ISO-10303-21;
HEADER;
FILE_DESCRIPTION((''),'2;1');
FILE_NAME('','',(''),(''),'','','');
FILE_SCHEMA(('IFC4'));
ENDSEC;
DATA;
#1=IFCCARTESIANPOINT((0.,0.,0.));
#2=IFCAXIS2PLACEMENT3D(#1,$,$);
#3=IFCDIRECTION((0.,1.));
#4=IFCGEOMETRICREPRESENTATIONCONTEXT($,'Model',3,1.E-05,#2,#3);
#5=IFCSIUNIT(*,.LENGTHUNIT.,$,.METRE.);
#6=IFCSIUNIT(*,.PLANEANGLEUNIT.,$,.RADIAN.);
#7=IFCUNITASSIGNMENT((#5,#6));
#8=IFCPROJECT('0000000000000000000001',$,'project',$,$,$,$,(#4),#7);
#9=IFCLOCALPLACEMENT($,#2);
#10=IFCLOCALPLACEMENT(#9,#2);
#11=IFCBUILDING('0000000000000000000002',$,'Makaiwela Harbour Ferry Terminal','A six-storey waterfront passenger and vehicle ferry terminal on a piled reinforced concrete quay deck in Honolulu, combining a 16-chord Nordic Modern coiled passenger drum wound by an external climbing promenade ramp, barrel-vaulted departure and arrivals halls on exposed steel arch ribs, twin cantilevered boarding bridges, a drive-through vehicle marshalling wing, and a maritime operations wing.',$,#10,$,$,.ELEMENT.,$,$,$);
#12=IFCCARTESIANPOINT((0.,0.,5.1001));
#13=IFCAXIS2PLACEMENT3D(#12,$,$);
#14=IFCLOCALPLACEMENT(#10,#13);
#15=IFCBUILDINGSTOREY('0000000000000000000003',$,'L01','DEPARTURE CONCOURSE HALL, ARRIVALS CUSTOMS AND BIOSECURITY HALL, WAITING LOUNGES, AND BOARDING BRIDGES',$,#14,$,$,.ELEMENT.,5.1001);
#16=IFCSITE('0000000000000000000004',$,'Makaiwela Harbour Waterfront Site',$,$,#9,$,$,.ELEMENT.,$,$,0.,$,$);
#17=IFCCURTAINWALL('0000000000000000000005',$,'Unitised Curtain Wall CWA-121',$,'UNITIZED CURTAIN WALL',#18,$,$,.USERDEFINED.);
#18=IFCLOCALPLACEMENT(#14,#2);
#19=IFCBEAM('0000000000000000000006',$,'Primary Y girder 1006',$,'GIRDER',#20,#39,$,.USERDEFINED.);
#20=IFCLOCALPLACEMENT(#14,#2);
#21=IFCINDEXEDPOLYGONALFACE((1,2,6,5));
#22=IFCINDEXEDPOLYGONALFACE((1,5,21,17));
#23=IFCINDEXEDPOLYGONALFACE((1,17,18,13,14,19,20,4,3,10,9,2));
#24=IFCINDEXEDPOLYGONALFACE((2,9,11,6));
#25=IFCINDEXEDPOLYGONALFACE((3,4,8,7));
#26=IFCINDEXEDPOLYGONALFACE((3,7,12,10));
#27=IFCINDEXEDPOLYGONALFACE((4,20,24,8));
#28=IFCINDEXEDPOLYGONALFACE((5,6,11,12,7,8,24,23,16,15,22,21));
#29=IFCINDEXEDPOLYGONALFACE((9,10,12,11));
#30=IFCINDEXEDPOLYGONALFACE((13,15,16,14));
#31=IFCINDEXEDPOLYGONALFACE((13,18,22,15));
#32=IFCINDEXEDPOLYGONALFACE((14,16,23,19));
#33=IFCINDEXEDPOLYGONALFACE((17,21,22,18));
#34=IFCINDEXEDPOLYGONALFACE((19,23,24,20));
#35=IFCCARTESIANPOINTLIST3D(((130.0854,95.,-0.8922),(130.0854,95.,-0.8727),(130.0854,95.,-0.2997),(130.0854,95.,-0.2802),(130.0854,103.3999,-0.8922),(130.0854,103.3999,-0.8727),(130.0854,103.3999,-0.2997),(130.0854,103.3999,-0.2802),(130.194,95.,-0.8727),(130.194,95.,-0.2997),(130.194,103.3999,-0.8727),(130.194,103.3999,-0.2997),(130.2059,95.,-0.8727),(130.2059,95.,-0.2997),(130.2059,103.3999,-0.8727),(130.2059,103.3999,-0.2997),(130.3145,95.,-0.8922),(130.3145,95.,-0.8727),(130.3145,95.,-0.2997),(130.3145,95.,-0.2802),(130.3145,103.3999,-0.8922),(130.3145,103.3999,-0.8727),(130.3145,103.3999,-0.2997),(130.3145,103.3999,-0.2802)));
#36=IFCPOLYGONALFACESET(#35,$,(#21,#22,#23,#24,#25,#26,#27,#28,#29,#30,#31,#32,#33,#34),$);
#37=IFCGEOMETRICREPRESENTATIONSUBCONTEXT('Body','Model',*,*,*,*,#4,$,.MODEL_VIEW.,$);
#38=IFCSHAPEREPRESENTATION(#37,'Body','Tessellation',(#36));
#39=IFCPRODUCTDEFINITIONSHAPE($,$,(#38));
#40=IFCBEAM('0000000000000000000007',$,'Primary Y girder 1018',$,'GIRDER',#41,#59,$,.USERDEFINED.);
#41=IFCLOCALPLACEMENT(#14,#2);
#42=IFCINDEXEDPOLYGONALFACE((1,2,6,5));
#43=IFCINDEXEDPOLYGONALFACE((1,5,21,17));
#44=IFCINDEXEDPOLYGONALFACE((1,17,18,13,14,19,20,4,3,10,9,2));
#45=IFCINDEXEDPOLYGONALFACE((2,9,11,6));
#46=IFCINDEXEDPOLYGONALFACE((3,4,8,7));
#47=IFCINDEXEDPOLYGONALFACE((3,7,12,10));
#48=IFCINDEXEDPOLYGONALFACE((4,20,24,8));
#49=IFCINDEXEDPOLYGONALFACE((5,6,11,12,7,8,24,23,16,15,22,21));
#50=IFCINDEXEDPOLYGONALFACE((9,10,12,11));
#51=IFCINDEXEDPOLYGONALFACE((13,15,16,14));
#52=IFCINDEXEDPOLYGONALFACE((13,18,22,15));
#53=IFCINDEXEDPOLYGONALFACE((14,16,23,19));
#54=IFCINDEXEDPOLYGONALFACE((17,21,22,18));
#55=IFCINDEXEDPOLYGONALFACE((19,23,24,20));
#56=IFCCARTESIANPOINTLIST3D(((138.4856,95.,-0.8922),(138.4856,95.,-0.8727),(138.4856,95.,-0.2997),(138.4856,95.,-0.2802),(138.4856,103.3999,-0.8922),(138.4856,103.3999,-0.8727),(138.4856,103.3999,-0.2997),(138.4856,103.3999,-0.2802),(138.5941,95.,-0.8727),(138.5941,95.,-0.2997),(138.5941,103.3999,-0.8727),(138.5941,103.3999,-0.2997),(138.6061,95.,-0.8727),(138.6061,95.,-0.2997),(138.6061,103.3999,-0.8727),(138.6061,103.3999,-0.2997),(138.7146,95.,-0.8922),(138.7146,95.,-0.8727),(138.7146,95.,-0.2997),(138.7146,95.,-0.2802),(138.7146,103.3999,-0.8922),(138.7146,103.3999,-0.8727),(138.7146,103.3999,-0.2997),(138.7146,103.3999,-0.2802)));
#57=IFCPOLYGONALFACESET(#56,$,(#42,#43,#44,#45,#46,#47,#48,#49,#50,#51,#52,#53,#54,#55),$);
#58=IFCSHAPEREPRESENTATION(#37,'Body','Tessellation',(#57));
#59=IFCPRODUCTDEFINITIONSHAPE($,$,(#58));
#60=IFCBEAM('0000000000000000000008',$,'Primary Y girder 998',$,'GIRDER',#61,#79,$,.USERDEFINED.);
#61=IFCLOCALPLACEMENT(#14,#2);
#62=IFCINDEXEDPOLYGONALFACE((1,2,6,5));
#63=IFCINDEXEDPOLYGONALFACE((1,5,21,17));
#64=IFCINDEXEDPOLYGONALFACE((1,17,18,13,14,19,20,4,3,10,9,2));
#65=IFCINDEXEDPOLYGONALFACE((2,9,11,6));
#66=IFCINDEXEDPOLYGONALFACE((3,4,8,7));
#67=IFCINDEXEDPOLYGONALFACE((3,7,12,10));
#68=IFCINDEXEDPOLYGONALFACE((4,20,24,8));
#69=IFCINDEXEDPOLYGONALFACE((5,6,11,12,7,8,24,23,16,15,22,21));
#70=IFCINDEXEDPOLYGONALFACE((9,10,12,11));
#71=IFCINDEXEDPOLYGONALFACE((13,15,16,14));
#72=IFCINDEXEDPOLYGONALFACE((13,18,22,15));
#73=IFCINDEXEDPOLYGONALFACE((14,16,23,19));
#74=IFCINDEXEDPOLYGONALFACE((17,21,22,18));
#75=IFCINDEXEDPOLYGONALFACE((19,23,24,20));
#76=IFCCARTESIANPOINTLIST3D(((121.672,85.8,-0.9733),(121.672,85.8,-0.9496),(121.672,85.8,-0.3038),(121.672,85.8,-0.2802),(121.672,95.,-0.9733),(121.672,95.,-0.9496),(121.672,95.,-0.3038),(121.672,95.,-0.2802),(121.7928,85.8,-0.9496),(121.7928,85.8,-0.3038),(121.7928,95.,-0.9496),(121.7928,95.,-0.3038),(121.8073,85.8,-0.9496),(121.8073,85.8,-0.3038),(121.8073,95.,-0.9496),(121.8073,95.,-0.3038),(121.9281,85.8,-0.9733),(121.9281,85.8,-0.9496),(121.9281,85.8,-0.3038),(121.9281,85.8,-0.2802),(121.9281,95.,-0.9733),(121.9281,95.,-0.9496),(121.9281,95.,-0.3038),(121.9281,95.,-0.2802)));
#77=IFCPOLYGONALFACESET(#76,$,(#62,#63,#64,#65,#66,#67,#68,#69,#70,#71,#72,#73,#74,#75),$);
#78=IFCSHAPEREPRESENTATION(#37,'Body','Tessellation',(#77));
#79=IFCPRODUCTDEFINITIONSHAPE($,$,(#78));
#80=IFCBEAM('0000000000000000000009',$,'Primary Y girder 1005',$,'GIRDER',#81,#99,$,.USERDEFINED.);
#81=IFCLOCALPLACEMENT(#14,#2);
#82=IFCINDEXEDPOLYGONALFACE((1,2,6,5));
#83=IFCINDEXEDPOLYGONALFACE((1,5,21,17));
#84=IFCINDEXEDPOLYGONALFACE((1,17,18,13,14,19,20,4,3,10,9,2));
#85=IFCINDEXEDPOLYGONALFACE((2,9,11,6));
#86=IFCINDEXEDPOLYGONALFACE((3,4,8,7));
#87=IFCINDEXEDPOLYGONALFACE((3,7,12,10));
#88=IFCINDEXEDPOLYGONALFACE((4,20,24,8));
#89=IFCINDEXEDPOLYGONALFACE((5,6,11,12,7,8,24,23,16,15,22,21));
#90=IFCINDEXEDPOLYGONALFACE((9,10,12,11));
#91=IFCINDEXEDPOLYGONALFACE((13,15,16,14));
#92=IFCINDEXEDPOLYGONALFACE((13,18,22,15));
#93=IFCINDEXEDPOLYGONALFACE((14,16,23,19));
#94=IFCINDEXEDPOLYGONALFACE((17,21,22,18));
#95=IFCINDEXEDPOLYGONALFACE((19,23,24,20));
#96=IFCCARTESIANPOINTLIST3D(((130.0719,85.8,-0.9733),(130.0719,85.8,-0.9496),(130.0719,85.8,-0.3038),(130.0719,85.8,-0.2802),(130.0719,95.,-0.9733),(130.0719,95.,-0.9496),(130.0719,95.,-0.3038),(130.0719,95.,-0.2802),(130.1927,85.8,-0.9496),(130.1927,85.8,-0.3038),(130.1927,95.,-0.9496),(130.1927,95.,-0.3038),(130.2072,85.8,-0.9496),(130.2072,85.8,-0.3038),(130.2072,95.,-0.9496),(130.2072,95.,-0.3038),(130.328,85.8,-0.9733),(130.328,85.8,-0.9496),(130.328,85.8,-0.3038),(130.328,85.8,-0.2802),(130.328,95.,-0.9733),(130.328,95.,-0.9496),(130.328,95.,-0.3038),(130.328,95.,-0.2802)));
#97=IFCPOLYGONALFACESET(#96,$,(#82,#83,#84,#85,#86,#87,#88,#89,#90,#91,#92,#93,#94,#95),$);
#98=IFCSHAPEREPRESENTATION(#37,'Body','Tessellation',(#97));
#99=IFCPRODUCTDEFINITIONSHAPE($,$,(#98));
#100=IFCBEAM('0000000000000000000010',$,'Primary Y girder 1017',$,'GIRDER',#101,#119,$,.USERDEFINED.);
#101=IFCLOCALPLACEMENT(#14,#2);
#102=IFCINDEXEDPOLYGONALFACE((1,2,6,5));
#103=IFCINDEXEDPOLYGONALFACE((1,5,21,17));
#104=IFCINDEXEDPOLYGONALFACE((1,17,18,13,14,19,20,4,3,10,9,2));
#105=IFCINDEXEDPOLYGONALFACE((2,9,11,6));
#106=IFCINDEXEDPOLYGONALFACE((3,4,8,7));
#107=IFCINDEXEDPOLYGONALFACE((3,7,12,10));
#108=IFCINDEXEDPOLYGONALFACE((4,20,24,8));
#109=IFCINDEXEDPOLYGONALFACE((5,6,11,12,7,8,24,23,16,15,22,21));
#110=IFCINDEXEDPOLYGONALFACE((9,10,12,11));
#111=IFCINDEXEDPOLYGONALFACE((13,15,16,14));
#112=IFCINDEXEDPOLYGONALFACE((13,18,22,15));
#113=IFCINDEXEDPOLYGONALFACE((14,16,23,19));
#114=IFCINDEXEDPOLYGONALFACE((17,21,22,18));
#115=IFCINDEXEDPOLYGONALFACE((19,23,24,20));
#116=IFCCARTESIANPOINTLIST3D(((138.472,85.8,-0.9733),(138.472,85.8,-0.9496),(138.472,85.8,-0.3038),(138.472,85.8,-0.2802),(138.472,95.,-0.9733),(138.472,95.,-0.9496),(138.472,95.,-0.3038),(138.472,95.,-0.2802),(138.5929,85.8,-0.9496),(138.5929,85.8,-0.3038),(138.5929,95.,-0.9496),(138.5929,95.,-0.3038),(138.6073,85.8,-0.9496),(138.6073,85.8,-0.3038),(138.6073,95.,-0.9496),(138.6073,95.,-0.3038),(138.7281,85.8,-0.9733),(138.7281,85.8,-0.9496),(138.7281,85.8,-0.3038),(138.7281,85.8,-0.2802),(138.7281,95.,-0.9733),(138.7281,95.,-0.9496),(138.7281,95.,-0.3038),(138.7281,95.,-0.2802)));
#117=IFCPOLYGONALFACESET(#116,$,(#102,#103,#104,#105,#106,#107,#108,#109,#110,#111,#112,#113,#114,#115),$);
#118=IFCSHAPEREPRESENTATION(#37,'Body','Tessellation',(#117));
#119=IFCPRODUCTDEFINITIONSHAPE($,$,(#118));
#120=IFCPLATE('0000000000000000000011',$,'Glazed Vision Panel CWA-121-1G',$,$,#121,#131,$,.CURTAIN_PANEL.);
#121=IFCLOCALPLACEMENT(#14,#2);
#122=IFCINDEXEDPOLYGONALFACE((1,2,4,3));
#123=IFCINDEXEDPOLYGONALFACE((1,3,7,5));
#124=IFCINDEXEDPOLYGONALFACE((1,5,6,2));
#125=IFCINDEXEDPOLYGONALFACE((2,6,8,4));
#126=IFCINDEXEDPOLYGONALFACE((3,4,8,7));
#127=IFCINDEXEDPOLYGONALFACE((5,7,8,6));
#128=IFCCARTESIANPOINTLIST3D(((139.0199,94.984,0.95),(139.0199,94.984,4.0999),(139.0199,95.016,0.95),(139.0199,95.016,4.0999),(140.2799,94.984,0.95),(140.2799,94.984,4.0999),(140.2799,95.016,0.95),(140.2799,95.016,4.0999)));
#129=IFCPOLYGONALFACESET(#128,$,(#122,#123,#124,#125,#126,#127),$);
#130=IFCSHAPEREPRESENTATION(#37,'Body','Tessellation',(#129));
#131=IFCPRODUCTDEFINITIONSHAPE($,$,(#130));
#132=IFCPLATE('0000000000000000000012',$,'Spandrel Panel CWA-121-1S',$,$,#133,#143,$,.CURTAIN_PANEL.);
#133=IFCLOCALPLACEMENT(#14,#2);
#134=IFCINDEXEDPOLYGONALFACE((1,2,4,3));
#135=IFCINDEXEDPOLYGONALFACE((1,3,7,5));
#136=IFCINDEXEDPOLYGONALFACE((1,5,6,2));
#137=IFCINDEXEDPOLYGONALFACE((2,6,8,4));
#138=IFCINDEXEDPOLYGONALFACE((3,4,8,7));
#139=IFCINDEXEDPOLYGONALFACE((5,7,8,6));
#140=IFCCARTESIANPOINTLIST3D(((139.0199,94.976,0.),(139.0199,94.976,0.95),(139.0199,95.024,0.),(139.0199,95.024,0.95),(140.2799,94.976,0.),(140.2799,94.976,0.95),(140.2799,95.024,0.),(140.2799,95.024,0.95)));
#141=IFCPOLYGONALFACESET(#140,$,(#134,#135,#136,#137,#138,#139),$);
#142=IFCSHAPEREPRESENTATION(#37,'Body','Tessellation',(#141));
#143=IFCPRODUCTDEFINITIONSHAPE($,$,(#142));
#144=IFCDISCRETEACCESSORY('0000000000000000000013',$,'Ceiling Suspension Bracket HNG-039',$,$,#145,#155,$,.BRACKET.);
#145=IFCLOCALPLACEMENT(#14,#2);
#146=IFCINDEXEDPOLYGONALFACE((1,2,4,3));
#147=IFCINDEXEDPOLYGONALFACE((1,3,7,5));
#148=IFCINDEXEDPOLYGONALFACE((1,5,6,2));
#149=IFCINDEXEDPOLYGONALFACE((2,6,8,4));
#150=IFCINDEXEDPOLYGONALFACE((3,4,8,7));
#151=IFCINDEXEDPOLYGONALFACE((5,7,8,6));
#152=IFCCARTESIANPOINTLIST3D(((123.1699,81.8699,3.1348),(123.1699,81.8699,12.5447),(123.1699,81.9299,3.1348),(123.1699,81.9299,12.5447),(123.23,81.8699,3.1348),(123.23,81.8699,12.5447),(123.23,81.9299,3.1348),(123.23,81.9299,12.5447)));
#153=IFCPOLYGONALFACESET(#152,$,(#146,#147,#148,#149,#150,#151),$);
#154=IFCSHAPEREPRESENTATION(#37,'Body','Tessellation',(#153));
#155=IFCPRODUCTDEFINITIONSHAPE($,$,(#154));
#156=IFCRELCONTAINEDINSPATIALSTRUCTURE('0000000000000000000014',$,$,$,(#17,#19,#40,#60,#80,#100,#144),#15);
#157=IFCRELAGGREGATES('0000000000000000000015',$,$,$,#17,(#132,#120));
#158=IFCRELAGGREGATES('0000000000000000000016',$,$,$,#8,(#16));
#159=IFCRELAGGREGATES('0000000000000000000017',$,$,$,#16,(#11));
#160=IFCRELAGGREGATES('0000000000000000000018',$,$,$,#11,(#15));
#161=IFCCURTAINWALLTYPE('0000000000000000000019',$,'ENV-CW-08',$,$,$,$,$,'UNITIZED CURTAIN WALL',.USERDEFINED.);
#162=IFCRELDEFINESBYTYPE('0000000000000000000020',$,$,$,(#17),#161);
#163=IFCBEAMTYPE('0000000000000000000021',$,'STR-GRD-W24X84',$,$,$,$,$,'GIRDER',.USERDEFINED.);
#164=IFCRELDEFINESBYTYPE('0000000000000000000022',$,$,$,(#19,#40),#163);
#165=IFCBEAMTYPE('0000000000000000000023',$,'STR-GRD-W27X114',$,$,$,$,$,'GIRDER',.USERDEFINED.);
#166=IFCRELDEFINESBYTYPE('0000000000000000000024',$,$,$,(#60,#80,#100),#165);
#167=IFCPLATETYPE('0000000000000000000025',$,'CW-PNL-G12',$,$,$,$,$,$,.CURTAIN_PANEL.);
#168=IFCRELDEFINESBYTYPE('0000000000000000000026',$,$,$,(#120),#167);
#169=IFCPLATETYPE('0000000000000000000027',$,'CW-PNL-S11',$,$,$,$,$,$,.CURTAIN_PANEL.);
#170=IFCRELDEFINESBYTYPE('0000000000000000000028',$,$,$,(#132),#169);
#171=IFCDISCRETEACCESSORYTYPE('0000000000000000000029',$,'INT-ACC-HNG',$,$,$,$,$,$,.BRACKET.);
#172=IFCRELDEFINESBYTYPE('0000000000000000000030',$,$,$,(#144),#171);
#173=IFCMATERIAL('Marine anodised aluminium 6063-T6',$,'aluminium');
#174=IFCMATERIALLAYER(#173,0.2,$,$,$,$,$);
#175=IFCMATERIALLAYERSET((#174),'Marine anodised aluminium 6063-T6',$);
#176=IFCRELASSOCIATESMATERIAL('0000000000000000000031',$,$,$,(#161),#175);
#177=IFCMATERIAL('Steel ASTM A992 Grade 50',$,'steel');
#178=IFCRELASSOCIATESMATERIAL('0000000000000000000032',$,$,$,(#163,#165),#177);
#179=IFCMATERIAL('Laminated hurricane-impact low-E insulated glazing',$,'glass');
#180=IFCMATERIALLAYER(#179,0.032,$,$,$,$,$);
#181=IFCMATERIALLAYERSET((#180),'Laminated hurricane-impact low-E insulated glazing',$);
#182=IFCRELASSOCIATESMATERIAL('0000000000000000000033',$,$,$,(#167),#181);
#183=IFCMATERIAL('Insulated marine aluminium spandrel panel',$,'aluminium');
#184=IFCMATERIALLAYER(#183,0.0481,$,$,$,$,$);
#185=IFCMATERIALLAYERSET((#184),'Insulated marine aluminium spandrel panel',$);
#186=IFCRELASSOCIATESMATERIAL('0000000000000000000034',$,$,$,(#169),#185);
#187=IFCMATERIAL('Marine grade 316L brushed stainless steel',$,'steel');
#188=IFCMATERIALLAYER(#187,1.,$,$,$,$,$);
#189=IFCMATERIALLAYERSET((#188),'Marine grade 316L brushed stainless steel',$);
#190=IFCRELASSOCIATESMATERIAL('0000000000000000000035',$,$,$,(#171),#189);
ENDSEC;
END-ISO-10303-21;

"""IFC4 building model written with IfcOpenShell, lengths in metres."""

from ifc_helpers import new_model, si_unit, direction, frame, origin, origin_2d, place, context, subcontext, project, spatial, rectangle, i_section, extrude, material, layer, layer_set, material_profile, profile_set, type_object, element, aggregate, save


model = new_model("IFC4")

# Units and contexts
model_context = context("Model", 3, precision=1e-05, world=origin(), true_north=direction((0.0, 1.0)))
body_context = subcontext(model_context, "Body", "Model", "MODEL_VIEW")
ifc_project = project(units=[si_unit("LENGTHUNIT", "METRE"), si_unit("PLANEANGLEUNIT", "RADIAN")], contexts=[model_context])

# Site, building, storey
site_placement = place(None, origin())
site = spatial("IfcSite", under=ifc_project, at=site_placement, Name="Makaiwela Harbour Waterfront Site", CompositionType="ELEMENT", RefElevation=0.0)
building_placement = place(site_placement, origin())
building = spatial("IfcBuilding", under=site, at=building_placement, Name="Makaiwela Harbour Ferry Terminal", Description="A six-storey waterfront passenger and vehicle ferry terminal on a piled reinforced concrete quay deck in Honolulu, combining a 16-chord Nordic Modern coiled passenger drum wound by an external climbing promenade ramp, barrel-vaulted departure and arrivals halls on exposed steel arch ribs, twin cantilevered boarding bridges, a drive-through vehicle marshalling wing, and a maritime operations wing.", CompositionType="ELEMENT")
storey_placement = place(building_placement, frame((0.0, 0.0, 5.1001)))
storey = spatial("IfcBuildingStorey", under=building, at=storey_placement, Name="L01", Description="DEPARTURE CONCOURSE HALL, ARRIVALS CUSTOMS AND BIOSECURITY HALL, WAITING LOUNGES, AND BOARDING BRIDGES", CompositionType="ELEMENT", Elevation=5.1001)

# Shared definitions
ifc_material_1 = material(Name="Steel ASTM A992 Grade 50", Category="steel")

# Curtain wall
ifc_material_2 = material(Name="Marine anodised aluminium 6063-T6", Category="aluminium")
ifc_layer_1 = layer(ifc_material_2, 0.2)
ifc_layer_set_1 = layer_set([ifc_layer_1], Name="Marine anodised aluminium 6063-T6")
curtain_wall_type = type_object("IfcCurtainWallType", Name="ENV-CW-08", ElementType="UNITIZED CURTAIN WALL", PredefinedType="USERDEFINED", material=ifc_layer_set_1)
curtain_wall_placement = place(storey_placement, origin())
curtain_wall = element("IfcCurtainWall", 1, at=curtain_wall_placement, inside=storey, type_object=curtain_wall_type, Name="Unitised Curtain Wall CWA-121", ObjectType="UNITIZED CURTAIN WALL", PredefinedType="USERDEFINED")

# Beams
ifc_material_profile_1 = material_profile(ifc_material_1, i_section(OverallWidth=0.229, OverallDepth=0.6121, WebThickness=0.012, FlangeThickness=0.0195, at=origin_2d()), Name="W24X84")
ifc_profile_set_1 = profile_set([ifc_material_profile_1], Name="Steel ASTM A992 Grade 50")
beam_type_1 = type_object("IfcBeamType", Name="STR-GRD-W24X84", ElementType="GIRDER", PredefinedType="USERDEFINED", material=ifc_profile_set_1)
for number, where, z_axis, x_axis, name in (
    (2, (130.2, 95.0, -0.5862), (0.0, 1.0, 0.0), (-1.0, 0.0, 0.0), "Primary Y girder 1006"),
    (3, (138.6001, 95.0, -0.5862), (0.0, 1.0, 0.0), (-1.0, 0.0, 0.0), "Primary Y girder 1018"),
):
    element("IfcBeam", number, at=place(storey_placement, frame(where, z_axis=z_axis, x_axis=x_axis)), inside=storey, type_object=beam_type_1, Name=name, ObjectType="GIRDER", PredefinedType="USERDEFINED", context=body_context, shape_type="SweptSolid", body=[
        extrude(i_section(OverallWidth=0.229, OverallDepth=0.6121, WebThickness=0.012, FlangeThickness=0.0195, at=origin_2d()), origin(), (0.0, 0.0, 1.0), 8.3999),
    ])
ifc_material_profile_2 = material_profile(ifc_material_1, i_section(OverallWidth=0.2561, OverallDepth=0.6931, WebThickness=0.0144, FlangeThickness=0.0237, at=origin_2d()), Name="W27X114")
ifc_profile_set_2 = profile_set([ifc_material_profile_2], Name="Steel ASTM A992 Grade 50")
beam_type_2 = type_object("IfcBeamType", Name="STR-GRD-W27X114", ElementType="GIRDER", PredefinedType="USERDEFINED", material=ifc_profile_set_2)
for number, where, z_axis, x_axis, name in (
    (4, (121.8, 85.8, -0.6267), (0.0, 1.0, 0.0), (-1.0, 0.0, 0.0), "Primary Y girder 998"),
    (5, (130.2, 85.8, -0.6267), (0.0, 1.0, 0.0), (-1.0, 0.0, 0.0), "Primary Y girder 1005"),
    (6, (138.6001, 85.8, -0.6267), (0.0, 1.0, 0.0), (-1.0, 0.0, 0.0), "Primary Y girder 1017"),
):
    element("IfcBeam", number, at=place(storey_placement, frame(where, z_axis=z_axis, x_axis=x_axis)), inside=storey, type_object=beam_type_2, Name=name, ObjectType="GIRDER", PredefinedType="USERDEFINED", context=body_context, shape_type="SweptSolid", body=[
        extrude(i_section(OverallWidth=0.2561, OverallDepth=0.6931, WebThickness=0.0144, FlangeThickness=0.0237, at=origin_2d()), origin(), (0.0, 0.0, 1.0), 9.2),
    ])

# Plates
ifc_material_3 = material(Name="Laminated hurricane-impact low-E insulated glazing", Category="glass")
ifc_layer_2 = layer(ifc_material_3, 0.032)
ifc_layer_set_2 = layer_set([ifc_layer_2], Name="Laminated hurricane-impact low-E insulated glazing")
plate_type_1 = type_object("IfcPlateType", Name="CW-PNL-G12", PredefinedType="CURTAIN_PANEL", material=ifc_layer_set_2)
plate_1_placement = place(storey_placement, frame((139.6499, 95.0, 0.95), z_axis=(0.0, 0.0, 1.0), x_axis=(1.0, 0.0, 0.0)))
plate_1 = element("IfcPlate", 7, at=plate_1_placement, type_object=plate_type_1, Name="Glazed Vision Panel CWA-121-1G", PredefinedType="CURTAIN_PANEL", context=body_context, shape_type="SweptSolid", body=[
    extrude(rectangle(XDim=1.26, YDim=0.032, at=origin_2d()), origin(), (0.0, 0.0, 1.0), 3.1499),
])
ifc_material_4 = material(Name="Insulated marine aluminium spandrel panel", Category="aluminium")
ifc_layer_3 = layer(ifc_material_4, 0.0481)
ifc_layer_set_3 = layer_set([ifc_layer_3], Name="Insulated marine aluminium spandrel panel")
plate_type_2 = type_object("IfcPlateType", Name="CW-PNL-S11", PredefinedType="CURTAIN_PANEL", material=ifc_layer_set_3)
plate_2_placement = place(storey_placement, frame((139.6499, 95.0, 0.0), z_axis=(0.0, 0.0, 1.0), x_axis=(1.0, 0.0, 0.0)))
plate_2 = element("IfcPlate", 8, at=plate_2_placement, type_object=plate_type_2, Name="Spandrel Panel CWA-121-1S", PredefinedType="CURTAIN_PANEL", context=body_context, shape_type="SweptSolid", body=[
    extrude(rectangle(XDim=1.26, YDim=0.0481, at=origin_2d()), origin(), (0.0, 0.0, 1.0), 0.95),
])
aggregate(curtain_wall, [plate_2, plate_1])

# Discrete accessory
ifc_material_5 = material(Name="Marine grade 316L brushed stainless steel", Category="steel")
ifc_layer_4 = layer(ifc_material_5, 1.0)
ifc_layer_set_4 = layer_set([ifc_layer_4], Name="Marine grade 316L brushed stainless steel")
discrete_accessory_type = type_object("IfcDiscreteAccessoryType", Name="INT-ACC-HNG", PredefinedType="BRACKET", material=ifc_layer_set_4)
discrete_accessory_placement = place(storey_placement, frame((123.2, 81.8999, 3.1348), z_axis=(0.0, 0.0, 1.0), x_axis=(1.0, 0.0, 0.0)))
element("IfcDiscreteAccessory", 9, at=discrete_accessory_placement, inside=storey, type_object=discrete_accessory_type, Name="Ceiling Suspension Bracket HNG-039", PredefinedType="BRACKET", context=body_context, shape_type="SweptSolid", body=[
    extrude(rectangle(XDim=0.0601, YDim=0.0601, at=origin_2d()), origin(), (0.0, 0.0, 1.0), 9.4099),
])

save(model, "model.ifc")
